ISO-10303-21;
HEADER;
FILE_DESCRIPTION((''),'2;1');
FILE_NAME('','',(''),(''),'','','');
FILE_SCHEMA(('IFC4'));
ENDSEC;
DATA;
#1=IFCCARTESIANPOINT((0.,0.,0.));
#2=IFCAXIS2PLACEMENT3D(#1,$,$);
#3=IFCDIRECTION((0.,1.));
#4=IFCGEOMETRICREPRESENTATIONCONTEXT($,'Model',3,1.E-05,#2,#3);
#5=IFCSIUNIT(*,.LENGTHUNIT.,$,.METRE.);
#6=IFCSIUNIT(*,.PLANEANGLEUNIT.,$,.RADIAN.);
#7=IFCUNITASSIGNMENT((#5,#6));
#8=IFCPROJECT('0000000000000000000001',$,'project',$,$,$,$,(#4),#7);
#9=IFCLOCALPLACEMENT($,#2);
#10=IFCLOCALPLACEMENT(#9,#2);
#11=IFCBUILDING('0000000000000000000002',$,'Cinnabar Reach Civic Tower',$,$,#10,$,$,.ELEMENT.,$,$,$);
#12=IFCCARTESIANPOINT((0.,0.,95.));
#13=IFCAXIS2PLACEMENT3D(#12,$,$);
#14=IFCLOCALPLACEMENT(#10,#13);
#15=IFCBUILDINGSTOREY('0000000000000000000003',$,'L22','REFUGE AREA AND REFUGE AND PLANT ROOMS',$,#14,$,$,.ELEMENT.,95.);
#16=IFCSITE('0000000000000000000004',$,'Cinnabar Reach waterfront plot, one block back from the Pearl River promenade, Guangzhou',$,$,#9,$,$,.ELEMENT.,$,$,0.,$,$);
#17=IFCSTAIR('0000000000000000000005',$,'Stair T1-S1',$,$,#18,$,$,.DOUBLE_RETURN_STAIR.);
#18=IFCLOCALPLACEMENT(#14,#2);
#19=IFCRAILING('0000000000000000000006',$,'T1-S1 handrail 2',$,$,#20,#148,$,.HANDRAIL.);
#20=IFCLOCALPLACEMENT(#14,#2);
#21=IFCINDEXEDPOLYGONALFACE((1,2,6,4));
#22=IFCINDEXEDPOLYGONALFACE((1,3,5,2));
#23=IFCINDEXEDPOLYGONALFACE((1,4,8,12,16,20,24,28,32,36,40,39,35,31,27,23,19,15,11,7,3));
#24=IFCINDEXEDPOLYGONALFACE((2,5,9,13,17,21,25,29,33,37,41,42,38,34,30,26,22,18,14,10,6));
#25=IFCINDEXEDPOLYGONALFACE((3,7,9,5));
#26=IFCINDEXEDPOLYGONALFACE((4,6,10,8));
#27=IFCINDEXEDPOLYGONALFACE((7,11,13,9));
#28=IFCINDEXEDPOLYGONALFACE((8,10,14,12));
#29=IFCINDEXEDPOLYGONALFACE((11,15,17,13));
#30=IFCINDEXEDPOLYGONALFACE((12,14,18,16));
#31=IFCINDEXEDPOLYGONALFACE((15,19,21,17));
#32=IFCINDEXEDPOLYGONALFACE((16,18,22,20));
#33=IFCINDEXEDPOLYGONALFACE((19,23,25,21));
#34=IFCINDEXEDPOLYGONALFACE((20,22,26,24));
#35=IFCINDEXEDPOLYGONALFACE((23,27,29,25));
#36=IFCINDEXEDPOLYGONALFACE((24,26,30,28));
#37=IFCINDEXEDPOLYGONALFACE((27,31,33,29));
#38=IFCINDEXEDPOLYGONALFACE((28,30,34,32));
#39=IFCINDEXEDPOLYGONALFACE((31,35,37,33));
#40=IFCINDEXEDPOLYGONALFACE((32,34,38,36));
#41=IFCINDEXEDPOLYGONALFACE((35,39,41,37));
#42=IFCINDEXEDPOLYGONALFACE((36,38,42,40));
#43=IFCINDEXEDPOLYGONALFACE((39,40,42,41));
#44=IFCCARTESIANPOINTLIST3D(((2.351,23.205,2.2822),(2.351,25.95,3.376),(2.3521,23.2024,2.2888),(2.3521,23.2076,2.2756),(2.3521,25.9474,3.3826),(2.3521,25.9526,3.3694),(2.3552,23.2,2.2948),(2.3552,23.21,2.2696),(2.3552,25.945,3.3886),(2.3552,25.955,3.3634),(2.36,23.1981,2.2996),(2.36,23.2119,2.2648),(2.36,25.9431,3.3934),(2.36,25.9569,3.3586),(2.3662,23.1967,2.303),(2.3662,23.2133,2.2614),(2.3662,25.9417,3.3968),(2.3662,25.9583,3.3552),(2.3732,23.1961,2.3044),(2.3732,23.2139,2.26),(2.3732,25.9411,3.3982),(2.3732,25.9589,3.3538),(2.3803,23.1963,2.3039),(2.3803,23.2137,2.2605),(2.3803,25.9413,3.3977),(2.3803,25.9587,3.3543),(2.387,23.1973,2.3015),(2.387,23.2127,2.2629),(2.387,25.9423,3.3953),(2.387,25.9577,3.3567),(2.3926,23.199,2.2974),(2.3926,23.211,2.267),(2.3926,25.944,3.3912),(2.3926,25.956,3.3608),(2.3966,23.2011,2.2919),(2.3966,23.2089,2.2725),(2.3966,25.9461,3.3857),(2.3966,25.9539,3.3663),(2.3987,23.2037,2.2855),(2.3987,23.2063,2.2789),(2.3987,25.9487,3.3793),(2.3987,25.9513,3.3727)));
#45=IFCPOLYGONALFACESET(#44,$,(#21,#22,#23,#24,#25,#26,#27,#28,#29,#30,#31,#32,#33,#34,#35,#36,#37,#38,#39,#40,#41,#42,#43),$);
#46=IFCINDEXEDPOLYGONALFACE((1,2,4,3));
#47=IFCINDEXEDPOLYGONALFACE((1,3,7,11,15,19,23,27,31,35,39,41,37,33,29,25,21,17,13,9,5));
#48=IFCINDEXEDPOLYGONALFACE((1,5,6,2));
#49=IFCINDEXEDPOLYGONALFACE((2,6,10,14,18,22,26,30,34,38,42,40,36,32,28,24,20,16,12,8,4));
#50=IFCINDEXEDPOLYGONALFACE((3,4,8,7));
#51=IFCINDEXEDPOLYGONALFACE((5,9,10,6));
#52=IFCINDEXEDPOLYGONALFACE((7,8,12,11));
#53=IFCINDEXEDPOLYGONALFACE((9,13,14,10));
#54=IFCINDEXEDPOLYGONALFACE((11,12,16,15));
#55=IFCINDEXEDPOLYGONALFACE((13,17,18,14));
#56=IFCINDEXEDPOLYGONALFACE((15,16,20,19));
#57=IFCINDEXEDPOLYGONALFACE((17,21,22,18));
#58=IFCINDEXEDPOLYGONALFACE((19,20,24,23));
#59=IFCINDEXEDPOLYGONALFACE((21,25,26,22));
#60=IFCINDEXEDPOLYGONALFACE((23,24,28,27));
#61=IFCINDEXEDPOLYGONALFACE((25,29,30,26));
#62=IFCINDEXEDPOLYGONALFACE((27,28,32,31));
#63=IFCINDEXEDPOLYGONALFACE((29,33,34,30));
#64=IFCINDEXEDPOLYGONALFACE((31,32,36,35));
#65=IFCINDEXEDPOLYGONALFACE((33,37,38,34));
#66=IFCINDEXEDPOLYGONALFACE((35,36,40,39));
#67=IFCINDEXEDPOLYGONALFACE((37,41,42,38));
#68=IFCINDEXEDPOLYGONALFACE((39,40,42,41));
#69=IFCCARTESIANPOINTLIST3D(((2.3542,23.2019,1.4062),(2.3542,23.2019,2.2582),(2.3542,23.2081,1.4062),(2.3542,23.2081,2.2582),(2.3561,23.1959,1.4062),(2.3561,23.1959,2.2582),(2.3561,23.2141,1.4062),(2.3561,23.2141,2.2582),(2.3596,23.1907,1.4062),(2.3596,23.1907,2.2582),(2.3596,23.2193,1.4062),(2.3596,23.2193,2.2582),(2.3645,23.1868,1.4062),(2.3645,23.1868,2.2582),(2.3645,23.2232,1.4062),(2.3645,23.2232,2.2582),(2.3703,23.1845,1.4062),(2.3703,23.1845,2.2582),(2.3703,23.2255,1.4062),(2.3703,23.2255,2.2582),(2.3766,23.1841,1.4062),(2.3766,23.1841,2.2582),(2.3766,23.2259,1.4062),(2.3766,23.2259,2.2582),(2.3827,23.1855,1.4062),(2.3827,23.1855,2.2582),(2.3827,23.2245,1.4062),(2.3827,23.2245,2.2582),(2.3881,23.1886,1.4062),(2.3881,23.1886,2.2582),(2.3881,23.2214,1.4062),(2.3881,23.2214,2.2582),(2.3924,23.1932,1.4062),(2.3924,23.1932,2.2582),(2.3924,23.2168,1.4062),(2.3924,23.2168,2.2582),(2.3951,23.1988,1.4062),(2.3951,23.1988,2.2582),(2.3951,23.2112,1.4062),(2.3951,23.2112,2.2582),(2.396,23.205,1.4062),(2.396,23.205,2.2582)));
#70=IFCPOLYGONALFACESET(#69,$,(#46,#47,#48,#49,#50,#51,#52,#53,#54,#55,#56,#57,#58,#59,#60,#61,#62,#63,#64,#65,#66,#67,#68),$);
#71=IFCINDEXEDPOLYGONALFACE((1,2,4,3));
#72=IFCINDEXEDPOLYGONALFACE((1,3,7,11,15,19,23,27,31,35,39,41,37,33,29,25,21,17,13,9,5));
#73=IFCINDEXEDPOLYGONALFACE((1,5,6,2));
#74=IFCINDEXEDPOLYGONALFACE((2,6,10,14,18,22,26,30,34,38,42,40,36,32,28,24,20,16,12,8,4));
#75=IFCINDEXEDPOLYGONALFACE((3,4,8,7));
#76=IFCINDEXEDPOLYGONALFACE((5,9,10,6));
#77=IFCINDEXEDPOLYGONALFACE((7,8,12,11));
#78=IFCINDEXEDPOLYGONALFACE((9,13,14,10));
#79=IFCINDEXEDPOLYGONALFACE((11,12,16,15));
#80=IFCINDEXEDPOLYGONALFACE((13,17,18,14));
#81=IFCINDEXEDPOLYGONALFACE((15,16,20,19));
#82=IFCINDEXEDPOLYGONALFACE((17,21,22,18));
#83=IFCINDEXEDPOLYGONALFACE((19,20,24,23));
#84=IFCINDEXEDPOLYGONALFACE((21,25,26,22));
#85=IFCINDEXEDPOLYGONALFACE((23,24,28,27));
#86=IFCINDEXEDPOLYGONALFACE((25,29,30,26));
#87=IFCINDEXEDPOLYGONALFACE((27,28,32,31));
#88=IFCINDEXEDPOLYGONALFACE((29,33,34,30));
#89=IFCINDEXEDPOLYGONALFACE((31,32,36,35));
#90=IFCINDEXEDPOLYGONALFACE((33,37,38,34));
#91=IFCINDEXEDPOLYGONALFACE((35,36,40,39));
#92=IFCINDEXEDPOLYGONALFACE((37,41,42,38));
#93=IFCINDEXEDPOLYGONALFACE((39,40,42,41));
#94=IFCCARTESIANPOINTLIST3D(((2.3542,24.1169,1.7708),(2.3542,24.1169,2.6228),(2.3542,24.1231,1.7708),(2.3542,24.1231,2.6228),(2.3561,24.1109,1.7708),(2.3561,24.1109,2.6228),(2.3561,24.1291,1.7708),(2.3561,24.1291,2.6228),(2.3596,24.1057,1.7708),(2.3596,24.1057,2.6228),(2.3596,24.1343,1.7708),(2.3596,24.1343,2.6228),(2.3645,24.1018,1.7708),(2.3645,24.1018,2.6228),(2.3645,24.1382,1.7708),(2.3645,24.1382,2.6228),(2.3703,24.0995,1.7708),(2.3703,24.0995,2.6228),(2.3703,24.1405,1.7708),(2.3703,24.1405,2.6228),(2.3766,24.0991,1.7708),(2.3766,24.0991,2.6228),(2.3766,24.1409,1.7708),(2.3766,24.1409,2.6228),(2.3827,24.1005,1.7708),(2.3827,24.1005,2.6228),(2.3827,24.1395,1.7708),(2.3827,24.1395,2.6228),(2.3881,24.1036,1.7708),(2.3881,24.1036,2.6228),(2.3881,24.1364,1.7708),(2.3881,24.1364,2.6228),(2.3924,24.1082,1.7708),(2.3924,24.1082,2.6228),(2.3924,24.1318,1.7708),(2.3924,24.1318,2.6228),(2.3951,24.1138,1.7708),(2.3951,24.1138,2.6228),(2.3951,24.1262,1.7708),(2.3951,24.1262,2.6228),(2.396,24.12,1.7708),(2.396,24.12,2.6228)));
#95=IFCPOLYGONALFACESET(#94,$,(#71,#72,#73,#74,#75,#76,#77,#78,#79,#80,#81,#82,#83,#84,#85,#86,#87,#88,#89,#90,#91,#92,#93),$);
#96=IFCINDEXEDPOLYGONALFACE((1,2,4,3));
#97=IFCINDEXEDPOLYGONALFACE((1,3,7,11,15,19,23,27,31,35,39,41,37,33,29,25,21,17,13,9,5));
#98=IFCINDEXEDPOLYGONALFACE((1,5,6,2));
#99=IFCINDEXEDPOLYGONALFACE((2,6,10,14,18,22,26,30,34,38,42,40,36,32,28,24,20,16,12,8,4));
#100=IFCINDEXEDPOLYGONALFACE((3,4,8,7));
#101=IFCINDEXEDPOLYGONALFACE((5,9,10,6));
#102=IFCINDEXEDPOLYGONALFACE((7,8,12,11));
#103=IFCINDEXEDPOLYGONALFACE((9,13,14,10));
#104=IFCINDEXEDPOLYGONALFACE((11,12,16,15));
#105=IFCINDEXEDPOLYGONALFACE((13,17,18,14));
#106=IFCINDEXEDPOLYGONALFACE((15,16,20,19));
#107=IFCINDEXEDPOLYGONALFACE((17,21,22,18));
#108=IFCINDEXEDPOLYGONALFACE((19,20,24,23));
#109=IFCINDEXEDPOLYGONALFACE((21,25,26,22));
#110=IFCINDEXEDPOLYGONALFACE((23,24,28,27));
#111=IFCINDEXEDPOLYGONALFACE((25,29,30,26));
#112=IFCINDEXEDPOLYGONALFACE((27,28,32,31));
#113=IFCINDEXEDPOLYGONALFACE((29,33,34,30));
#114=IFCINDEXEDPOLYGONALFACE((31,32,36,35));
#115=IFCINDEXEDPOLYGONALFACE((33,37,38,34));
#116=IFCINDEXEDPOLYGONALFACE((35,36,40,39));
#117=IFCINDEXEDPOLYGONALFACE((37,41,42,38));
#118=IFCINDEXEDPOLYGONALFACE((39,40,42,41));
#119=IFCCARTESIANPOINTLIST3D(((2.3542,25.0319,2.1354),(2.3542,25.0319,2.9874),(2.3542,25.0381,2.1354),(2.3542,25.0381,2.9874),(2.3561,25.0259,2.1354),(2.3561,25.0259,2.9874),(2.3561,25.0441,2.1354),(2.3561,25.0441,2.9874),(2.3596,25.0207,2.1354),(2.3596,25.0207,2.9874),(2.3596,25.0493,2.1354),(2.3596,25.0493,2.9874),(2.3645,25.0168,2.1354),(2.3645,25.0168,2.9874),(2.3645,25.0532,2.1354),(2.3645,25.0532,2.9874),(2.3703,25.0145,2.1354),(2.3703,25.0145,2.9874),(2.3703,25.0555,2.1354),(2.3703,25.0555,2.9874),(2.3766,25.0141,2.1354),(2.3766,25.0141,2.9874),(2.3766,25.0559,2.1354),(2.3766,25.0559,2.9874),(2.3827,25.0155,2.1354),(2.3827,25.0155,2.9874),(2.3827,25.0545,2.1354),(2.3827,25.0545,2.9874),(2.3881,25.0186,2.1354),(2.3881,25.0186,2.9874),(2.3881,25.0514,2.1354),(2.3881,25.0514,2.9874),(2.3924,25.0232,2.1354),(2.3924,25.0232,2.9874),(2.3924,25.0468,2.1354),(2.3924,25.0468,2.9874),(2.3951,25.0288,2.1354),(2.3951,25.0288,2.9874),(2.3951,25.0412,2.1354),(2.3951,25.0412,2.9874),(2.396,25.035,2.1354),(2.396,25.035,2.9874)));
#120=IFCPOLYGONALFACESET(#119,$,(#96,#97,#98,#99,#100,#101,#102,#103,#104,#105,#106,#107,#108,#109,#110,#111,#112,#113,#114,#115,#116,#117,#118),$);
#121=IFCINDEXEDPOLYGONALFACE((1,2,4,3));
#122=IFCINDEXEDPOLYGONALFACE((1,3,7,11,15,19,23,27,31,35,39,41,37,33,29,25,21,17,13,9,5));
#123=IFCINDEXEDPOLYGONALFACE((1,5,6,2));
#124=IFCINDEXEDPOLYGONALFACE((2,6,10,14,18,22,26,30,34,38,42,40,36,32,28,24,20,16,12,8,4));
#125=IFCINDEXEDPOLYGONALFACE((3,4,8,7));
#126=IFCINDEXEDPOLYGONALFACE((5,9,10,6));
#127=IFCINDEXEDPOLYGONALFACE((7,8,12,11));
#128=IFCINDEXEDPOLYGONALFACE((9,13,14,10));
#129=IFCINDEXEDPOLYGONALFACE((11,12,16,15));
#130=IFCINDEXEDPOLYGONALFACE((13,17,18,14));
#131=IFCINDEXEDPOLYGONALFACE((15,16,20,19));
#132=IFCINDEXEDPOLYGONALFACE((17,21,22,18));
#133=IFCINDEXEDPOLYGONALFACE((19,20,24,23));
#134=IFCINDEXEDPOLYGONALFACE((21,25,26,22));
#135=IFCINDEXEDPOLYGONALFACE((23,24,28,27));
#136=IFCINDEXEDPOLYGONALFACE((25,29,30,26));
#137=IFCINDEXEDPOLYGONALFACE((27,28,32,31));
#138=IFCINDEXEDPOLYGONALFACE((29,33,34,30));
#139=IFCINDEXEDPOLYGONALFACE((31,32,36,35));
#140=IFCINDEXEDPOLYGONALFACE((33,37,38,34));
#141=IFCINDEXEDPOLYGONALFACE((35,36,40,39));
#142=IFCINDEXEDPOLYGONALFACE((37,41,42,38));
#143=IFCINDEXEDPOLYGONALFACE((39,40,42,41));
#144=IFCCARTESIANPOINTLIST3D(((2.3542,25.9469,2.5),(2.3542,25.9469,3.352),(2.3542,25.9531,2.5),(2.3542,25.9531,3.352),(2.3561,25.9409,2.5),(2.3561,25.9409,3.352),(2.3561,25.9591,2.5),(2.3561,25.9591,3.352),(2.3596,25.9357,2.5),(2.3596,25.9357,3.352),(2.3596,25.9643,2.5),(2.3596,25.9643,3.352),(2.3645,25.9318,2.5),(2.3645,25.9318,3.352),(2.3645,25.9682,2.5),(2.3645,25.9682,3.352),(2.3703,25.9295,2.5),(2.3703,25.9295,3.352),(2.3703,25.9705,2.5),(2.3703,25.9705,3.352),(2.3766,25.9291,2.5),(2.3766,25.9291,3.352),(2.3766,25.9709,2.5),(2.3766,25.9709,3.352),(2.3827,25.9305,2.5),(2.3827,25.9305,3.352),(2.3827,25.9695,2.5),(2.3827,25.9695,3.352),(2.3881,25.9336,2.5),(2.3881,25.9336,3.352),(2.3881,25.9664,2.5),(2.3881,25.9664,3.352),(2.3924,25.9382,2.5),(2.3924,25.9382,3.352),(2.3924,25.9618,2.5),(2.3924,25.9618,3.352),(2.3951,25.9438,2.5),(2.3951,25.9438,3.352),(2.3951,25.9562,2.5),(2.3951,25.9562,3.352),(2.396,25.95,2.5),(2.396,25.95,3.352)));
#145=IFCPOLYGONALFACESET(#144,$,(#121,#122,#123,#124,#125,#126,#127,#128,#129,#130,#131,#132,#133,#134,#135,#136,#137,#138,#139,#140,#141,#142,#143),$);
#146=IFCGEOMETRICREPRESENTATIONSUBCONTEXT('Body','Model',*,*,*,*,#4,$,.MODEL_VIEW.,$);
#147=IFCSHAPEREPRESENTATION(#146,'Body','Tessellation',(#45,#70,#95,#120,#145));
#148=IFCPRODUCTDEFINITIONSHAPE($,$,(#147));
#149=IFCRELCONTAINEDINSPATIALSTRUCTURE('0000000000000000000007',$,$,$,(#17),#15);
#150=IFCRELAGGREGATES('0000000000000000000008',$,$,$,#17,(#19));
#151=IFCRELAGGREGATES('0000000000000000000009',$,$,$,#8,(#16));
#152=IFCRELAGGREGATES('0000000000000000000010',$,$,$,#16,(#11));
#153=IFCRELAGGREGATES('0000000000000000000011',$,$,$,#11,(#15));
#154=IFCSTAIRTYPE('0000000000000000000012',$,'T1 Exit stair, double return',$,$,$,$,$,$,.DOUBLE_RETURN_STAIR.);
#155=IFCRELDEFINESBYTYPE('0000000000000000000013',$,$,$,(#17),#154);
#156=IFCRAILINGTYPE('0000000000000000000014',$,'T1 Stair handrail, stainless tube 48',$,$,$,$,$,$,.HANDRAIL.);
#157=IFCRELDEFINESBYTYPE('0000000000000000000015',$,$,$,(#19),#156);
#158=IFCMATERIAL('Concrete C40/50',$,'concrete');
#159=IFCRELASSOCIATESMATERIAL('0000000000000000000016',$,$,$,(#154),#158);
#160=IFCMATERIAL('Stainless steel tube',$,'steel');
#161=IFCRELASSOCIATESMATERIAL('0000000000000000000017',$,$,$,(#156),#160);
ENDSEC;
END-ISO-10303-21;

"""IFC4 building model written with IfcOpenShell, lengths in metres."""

from ifc_helpers import new_model, si_unit, direction, frame, origin, origin_2d, place, context, subcontext, project, spatial, circle, extrude, material, type_object, element, aggregate, save


model = new_model("IFC4")

# Units and contexts
model_context = context("Model", 3, precision=1e-05, world=origin(), true_north=direction((0.0, 1.0)))
body_context = subcontext(model_context, "Body", "Model", "MODEL_VIEW")
ifc_project = project(units=[si_unit("LENGTHUNIT", "METRE"), si_unit("PLANEANGLEUNIT", "RADIAN")], contexts=[model_context])

# Site, building, storey
site_placement = place(None, origin())
site = spatial("IfcSite", under=ifc_project, at=site_placement, Name="Cinnabar Reach waterfront plot, one block back from the Pearl River promenade, Guangzhou", CompositionType="ELEMENT", RefElevation=0.0)
building_placement = place(site_placement, origin())
building = spatial("IfcBuilding", under=site, at=building_placement, Name="Cinnabar Reach Civic Tower", CompositionType="ELEMENT")
storey_placement = place(building_placement, frame((0.0, 0.0, 95.0)))
storey = spatial("IfcBuildingStorey", under=building, at=storey_placement, Name="L22", Description="REFUGE AREA AND REFUGE AND PLANT ROOMS", CompositionType="ELEMENT", Elevation=95.0)

# Stair, railing
ifc_material_1 = material(Name="Concrete C40/50", Category="concrete")
stair_type = type_object("IfcStairType", Name="T1 Exit stair, double return", PredefinedType="DOUBLE_RETURN_STAIR", material=ifc_material_1)
stair_placement = place(storey_placement, origin())
stair = element("IfcStair", 1, at=stair_placement, inside=storey, type_object=stair_type, Name="Stair T1-S1", PredefinedType="DOUBLE_RETURN_STAIR")
ifc_material_2 = material(Name="Stainless steel tube", Category="steel")
railing_type = type_object("IfcRailingType", Name="T1 Stair handrail, stainless tube 48", PredefinedType="HANDRAIL", material=ifc_material_2)
railing_1_placement = place(storey_placement, frame((2.375, 23.205, 1.4062)))
railing_1 = element("IfcRailing", 2, at=railing_1_placement, type_object=railing_type, Name="T1-S1 handrail 2", PredefinedType="HANDRAIL", context=body_context, shape_type="SweptSolid", body=[
    extrude(circle(Radius=0.024, at=origin_2d()), frame((0.0, 0.0, 0.876), z_axis=(0.0, 0.928966, 0.370165), x_axis=(-1.0, 0.0, 0.0)), (0.0, 0.0, 1.0), 2.9549),
    extrude(circle(Radius=0.021, at=origin_2d()), origin(), (0.0, 0.0, 1.0), 0.852),
    extrude(circle(Radius=0.021, at=origin_2d()), frame((0.0, 0.915, 0.3646)), (0.0, 0.0, 1.0), 0.852),
    extrude(circle(Radius=0.021, at=origin_2d()), frame((0.0, 1.83, 0.7292)), (0.0, 0.0, 1.0), 0.852),
    extrude(circle(Radius=0.021, at=origin_2d()), frame((0.0, 2.745, 1.0938)), (0.0, 0.0, 1.0), 0.852),
])
aggregate(stair, [railing_1])

save(model, "model.ifc")
